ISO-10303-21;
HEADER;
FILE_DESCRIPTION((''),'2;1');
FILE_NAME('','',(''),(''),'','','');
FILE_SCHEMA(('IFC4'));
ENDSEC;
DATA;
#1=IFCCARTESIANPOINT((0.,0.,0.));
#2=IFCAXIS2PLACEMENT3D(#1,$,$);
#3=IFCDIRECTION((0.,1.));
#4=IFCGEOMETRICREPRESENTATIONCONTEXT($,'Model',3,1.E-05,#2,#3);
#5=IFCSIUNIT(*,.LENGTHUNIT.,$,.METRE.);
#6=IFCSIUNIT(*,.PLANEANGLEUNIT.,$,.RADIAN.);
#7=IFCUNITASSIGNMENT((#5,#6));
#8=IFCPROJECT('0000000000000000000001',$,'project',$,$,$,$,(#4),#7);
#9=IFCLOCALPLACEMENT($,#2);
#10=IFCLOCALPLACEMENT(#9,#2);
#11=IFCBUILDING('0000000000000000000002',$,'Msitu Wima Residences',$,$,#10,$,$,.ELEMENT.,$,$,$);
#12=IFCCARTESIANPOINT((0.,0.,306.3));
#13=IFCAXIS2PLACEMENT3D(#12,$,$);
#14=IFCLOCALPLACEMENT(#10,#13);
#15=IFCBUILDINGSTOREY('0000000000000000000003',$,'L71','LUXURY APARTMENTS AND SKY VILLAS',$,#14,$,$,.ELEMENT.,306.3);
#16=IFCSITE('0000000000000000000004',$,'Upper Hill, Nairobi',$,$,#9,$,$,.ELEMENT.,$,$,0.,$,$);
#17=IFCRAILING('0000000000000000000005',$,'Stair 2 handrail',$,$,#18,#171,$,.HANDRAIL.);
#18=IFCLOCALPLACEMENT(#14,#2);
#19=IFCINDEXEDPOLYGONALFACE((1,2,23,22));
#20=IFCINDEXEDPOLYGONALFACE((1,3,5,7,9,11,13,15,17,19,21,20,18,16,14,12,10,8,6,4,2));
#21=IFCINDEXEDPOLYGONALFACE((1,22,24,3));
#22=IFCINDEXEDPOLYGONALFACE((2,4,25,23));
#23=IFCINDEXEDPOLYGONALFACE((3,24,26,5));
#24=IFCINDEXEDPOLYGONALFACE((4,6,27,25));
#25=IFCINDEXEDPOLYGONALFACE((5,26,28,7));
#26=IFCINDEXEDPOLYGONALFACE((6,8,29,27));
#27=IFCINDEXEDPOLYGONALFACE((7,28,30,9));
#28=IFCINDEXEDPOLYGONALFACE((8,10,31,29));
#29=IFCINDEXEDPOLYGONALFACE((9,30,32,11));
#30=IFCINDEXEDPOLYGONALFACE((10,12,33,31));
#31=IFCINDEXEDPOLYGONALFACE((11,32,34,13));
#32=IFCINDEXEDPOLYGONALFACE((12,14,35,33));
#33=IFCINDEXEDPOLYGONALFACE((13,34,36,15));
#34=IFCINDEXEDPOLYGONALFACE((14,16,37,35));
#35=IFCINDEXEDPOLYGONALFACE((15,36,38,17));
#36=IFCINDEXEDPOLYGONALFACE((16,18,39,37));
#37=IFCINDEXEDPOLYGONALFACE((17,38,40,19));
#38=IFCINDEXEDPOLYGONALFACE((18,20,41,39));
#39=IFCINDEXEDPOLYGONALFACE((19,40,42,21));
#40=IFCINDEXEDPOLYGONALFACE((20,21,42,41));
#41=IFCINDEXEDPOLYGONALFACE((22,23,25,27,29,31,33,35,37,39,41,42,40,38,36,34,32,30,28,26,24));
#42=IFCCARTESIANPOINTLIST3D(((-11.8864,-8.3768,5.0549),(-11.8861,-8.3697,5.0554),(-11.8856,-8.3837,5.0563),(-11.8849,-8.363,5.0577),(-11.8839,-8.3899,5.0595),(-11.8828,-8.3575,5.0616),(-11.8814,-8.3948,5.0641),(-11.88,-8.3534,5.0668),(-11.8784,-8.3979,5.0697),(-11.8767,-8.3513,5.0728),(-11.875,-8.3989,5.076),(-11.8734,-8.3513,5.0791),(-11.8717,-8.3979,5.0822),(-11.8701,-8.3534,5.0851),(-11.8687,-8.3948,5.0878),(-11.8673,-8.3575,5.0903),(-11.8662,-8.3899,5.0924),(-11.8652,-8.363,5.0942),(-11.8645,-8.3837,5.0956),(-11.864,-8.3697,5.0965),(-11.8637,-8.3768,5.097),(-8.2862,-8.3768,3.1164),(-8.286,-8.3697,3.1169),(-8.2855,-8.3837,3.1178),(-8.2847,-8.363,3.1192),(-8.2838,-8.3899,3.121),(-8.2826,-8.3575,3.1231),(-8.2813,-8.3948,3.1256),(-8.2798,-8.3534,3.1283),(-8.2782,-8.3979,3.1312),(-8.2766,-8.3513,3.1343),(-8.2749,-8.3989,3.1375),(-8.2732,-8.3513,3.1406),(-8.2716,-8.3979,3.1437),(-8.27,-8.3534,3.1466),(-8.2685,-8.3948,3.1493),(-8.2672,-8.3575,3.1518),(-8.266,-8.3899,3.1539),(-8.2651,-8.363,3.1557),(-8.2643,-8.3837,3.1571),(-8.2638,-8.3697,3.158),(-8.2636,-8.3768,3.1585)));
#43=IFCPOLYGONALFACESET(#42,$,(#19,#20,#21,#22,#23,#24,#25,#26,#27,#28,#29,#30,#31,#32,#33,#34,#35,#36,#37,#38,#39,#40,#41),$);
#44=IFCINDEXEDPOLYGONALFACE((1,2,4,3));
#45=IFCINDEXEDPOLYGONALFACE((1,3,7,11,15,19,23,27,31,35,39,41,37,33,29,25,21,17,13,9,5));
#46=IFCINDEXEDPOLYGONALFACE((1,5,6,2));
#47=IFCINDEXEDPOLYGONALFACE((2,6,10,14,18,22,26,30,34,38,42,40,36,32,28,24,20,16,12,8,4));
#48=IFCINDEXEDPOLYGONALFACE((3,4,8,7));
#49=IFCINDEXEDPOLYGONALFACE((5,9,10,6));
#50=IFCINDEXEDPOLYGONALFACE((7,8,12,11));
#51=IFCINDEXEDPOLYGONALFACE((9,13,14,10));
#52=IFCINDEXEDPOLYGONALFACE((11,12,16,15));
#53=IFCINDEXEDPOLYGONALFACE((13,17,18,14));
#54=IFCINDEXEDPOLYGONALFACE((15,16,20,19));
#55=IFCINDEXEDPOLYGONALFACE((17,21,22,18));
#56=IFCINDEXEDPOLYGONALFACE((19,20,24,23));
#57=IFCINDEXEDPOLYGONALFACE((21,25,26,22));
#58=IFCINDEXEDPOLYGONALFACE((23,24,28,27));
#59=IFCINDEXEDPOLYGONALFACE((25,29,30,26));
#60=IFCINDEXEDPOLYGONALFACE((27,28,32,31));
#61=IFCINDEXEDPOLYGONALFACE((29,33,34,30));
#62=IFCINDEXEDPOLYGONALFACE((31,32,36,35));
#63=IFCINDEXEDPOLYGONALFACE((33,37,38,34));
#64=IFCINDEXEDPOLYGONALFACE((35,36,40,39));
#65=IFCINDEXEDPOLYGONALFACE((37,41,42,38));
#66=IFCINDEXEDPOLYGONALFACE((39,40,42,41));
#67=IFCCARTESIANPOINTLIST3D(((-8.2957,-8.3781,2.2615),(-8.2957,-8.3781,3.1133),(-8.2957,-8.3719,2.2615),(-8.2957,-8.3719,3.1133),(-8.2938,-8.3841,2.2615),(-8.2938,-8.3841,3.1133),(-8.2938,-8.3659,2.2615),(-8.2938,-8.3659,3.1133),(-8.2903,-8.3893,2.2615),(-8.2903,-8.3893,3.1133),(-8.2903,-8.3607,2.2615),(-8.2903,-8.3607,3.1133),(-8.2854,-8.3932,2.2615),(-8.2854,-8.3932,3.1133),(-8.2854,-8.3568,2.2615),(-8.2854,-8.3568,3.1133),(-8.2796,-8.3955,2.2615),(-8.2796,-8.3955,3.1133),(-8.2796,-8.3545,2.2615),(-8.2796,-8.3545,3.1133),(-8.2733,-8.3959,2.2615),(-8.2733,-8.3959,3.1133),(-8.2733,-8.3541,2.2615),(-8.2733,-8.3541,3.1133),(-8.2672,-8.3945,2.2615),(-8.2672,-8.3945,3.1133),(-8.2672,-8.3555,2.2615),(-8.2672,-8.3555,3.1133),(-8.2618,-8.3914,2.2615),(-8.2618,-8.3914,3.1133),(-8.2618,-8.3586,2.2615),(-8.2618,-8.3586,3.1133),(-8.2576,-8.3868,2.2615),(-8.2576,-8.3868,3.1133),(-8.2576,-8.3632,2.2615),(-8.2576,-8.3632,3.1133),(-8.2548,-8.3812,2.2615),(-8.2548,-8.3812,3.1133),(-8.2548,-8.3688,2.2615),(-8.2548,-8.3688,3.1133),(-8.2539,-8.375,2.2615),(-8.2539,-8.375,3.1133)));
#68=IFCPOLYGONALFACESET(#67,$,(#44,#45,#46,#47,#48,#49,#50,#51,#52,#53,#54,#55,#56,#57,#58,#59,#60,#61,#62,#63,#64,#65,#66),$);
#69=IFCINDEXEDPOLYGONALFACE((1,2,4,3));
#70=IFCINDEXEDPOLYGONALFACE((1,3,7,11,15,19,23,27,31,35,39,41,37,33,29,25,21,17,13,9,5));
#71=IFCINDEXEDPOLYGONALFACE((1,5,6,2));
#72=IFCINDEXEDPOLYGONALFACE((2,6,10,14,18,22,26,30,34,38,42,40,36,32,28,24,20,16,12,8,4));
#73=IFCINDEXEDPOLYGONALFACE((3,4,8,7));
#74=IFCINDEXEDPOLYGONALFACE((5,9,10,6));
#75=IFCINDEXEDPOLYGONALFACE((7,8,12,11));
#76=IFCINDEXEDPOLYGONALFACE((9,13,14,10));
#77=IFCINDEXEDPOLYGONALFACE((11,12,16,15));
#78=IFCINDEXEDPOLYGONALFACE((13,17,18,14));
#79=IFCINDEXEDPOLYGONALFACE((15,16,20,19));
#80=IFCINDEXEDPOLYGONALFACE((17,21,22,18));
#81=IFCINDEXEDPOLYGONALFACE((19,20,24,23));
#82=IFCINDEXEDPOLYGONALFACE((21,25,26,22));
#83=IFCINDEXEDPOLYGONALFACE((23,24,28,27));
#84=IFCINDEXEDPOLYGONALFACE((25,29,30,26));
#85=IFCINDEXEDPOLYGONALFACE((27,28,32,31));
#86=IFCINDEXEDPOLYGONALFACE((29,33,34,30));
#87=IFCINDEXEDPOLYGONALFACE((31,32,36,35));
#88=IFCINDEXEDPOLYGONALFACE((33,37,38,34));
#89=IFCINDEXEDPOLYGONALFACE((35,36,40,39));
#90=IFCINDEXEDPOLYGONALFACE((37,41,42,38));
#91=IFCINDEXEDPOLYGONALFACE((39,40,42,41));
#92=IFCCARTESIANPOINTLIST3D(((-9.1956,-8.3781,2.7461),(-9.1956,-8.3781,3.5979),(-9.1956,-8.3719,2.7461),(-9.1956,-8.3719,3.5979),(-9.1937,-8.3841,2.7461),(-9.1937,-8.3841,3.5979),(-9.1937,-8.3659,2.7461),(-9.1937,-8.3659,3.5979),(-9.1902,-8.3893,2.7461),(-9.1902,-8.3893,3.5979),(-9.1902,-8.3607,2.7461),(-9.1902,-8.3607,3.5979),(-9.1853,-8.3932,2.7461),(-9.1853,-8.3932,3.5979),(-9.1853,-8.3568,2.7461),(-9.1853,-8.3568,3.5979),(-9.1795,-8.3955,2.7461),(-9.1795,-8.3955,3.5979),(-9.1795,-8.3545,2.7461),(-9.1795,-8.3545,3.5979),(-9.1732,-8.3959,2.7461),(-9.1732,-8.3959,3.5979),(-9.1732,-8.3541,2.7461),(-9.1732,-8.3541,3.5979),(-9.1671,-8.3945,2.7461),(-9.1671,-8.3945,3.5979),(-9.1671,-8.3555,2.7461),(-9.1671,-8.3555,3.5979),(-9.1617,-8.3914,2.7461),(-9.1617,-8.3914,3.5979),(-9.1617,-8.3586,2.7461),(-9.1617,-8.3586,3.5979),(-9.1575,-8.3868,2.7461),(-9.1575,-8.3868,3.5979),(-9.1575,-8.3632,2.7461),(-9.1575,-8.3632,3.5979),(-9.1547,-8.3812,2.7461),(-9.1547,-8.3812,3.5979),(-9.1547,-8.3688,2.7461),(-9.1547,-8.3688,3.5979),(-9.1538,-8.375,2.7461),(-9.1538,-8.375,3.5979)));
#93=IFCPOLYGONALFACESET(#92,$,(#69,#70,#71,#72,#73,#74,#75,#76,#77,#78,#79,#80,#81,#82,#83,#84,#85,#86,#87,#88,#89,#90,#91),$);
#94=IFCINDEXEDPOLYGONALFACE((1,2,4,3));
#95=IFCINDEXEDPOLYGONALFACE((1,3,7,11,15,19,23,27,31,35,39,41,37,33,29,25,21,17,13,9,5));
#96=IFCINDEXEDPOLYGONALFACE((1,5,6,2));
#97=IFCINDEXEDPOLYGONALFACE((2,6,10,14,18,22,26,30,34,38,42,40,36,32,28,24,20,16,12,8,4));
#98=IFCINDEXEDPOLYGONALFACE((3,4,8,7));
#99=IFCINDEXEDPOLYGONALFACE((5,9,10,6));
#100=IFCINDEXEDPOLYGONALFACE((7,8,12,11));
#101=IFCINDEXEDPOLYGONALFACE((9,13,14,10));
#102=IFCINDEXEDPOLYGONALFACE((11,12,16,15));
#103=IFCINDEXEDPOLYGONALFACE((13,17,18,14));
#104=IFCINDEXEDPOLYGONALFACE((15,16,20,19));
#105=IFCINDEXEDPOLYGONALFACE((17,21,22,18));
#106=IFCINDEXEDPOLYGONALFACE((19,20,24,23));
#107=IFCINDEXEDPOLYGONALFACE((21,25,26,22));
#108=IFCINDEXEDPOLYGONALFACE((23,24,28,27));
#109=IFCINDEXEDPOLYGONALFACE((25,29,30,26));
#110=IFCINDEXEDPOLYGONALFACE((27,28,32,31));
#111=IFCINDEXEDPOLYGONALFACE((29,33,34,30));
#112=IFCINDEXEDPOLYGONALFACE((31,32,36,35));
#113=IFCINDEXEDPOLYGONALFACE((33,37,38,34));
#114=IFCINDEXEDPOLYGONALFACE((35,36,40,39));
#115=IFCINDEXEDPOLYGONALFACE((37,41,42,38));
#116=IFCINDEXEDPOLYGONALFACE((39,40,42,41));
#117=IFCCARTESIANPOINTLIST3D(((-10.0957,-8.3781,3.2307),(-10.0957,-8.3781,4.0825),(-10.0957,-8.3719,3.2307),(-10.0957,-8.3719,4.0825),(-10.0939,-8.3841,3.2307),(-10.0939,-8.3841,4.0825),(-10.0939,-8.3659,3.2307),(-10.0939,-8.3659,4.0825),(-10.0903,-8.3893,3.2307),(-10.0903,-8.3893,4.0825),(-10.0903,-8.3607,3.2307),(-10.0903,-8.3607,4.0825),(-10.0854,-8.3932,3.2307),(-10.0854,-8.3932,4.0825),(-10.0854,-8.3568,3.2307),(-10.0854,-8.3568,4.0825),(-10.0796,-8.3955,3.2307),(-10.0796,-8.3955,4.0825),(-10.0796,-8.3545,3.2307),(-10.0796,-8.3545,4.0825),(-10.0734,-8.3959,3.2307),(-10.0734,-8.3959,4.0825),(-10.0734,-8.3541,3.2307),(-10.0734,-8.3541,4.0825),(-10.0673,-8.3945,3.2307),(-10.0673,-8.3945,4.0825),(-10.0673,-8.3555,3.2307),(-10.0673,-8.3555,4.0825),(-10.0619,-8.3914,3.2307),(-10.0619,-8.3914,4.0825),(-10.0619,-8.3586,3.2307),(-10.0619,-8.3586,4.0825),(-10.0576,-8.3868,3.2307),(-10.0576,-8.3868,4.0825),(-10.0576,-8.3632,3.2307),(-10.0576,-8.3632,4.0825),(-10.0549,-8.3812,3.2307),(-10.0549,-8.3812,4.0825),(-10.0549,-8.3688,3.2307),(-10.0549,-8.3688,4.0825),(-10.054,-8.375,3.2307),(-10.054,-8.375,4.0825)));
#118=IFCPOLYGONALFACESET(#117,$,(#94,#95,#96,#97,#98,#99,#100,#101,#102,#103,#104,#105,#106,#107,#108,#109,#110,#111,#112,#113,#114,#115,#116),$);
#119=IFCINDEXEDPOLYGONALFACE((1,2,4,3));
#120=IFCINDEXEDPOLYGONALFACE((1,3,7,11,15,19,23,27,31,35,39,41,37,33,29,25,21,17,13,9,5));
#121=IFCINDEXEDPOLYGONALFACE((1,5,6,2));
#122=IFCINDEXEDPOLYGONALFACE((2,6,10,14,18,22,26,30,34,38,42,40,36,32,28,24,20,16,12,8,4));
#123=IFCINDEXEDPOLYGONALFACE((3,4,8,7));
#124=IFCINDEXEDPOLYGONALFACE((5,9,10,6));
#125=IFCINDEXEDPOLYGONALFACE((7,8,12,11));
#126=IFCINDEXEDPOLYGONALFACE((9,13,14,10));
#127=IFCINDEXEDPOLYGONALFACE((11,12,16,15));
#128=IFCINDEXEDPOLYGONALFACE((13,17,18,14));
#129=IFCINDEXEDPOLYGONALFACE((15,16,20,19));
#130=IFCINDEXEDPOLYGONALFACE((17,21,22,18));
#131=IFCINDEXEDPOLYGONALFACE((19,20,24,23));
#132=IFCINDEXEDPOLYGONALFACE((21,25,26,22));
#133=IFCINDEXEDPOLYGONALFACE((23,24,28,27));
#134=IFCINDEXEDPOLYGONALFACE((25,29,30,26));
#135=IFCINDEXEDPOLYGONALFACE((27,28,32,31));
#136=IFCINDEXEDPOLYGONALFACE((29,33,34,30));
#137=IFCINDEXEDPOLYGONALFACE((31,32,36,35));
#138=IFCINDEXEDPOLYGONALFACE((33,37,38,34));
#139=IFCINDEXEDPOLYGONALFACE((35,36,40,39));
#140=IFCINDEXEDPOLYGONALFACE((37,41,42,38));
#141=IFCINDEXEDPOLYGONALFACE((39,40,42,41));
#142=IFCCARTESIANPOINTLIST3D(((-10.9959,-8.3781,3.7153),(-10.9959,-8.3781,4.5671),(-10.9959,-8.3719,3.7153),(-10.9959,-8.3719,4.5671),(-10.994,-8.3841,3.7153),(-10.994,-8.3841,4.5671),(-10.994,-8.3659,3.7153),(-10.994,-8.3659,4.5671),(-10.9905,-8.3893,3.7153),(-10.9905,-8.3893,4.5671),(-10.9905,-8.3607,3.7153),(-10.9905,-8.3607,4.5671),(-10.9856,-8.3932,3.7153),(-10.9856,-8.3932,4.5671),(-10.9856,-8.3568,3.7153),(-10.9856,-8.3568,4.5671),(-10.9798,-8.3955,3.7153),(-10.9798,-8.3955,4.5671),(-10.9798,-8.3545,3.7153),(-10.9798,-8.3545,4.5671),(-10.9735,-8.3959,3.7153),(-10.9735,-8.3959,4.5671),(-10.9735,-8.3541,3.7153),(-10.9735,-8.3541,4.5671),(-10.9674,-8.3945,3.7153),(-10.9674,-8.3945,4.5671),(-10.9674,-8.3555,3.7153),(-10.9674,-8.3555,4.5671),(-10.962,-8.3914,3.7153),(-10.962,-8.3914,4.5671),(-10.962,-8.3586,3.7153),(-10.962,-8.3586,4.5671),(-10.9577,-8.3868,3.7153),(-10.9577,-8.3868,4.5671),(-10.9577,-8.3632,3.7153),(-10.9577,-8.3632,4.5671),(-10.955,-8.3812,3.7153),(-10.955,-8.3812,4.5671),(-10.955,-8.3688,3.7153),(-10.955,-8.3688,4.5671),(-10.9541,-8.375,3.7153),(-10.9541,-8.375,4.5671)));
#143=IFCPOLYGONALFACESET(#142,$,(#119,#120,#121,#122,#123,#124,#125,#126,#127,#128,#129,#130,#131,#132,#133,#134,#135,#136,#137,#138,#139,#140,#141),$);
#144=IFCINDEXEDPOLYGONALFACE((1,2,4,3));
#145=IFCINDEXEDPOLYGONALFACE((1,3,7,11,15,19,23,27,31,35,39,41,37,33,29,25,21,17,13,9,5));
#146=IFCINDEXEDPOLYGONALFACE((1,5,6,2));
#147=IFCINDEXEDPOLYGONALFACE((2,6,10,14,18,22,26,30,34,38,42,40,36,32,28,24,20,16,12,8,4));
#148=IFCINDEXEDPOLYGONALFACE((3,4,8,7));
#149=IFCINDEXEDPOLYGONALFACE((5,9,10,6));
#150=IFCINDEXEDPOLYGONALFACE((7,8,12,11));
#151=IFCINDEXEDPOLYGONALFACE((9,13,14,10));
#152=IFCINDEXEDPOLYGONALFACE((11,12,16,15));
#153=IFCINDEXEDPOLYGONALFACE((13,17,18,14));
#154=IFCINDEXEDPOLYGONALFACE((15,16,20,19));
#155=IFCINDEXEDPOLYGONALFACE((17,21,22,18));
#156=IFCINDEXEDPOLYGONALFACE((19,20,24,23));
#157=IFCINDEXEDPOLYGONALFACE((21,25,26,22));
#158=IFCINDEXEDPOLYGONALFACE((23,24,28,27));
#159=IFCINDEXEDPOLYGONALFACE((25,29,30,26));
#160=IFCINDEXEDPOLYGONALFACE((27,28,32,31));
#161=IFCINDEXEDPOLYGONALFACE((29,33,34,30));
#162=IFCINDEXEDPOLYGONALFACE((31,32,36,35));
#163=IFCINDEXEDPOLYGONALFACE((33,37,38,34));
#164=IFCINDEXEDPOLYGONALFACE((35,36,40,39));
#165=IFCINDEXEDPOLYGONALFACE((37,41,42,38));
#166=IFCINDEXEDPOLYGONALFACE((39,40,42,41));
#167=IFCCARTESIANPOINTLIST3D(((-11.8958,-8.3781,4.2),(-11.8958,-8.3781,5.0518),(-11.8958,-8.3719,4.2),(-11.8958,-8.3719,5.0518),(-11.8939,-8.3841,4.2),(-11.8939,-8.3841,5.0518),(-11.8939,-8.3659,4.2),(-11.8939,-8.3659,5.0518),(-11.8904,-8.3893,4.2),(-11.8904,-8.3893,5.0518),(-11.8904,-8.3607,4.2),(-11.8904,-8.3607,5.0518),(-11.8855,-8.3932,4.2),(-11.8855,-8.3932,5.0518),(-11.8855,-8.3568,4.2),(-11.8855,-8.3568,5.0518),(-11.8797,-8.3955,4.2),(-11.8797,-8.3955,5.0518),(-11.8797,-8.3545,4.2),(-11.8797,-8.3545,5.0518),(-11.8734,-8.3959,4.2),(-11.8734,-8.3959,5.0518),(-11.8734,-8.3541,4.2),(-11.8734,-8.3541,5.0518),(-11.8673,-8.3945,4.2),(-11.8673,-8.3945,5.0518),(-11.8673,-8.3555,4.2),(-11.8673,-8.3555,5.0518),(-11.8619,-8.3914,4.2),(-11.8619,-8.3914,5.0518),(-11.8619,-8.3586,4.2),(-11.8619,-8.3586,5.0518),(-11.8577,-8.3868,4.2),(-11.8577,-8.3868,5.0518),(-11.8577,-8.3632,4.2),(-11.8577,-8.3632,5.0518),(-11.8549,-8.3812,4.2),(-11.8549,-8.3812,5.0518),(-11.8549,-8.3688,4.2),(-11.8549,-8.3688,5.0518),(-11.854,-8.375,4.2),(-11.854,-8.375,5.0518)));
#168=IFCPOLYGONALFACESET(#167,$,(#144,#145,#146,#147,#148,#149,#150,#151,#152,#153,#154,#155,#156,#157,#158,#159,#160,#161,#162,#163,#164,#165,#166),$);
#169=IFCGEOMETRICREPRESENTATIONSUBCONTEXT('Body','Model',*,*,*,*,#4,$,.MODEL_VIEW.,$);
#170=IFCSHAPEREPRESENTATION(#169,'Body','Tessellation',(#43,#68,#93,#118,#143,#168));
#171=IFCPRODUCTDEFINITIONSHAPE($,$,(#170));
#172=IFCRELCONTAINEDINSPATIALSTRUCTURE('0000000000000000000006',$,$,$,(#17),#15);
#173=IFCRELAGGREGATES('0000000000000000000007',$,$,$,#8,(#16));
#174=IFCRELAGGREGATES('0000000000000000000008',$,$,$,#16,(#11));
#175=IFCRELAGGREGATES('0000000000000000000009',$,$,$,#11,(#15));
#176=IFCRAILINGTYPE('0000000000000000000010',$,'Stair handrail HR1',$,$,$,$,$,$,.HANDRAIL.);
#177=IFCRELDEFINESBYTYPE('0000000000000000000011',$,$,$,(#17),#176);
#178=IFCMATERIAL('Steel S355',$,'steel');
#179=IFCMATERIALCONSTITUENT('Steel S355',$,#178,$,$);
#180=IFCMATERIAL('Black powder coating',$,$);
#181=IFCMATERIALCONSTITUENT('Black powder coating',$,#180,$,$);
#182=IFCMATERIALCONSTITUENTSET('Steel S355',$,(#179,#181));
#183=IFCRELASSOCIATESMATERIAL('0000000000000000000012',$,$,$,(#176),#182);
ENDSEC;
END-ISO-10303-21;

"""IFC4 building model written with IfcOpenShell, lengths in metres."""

from ifc_helpers import new_model, si_unit, direction, frame, origin, origin_2d, place, context, subcontext, project, spatial, circle, extrude, material, constituent, constituent_set, type_object, element, save


model = new_model("IFC4")

# Units and contexts
model_context = context("Model", 3, precision=1e-05, world=origin(), true_north=direction((0.0, 1.0)))
body_context = subcontext(model_context, "Body", "Model", "MODEL_VIEW")
ifc_project = project(units=[si_unit("LENGTHUNIT", "METRE"), si_unit("PLANEANGLEUNIT", "RADIAN")], contexts=[model_context])

# Site, building, storey
site_placement = place(None, origin())
site = spatial("IfcSite", under=ifc_project, at=site_placement, Name="Upper Hill, Nairobi", CompositionType="ELEMENT", RefElevation=0.0)
building_placement = place(site_placement, origin())
building = spatial("IfcBuilding", under=site, at=building_placement, Name="Msitu Wima Residences", CompositionType="ELEMENT")
storey_placement = place(building_placement, frame((0.0, 0.0, 306.3)))
storey = spatial("IfcBuildingStorey", under=building, at=storey_placement, Name="L71", Description="LUXURY APARTMENTS AND SKY VILLAS", CompositionType="ELEMENT", Elevation=306.3)

# Railing
ifc_material_1 = material(Name="Steel S355", Category="steel")
ifc_constituent_1 = constituent(ifc_material_1, Name="Steel S355")
ifc_material_2 = material(Name="Black powder coating")
ifc_constituent_2 = constituent(ifc_material_2, Name="Black powder coating")
ifc_constituent_set = constituent_set(constituents=[ifc_constituent_1, ifc_constituent_2], Name="Steel S355")
railing_type = type_object("IfcRailingType", Name="Stair handrail HR1", PredefinedType="HANDRAIL", material=ifc_constituent_set)
for number, where, name in (
    (1, (-8.2749, -8.375, 2.2615), "Stair 2 handrail"),
):
    element("IfcRailing", number, at=place(storey_placement, frame(where)), inside=storey, type_object=railing_type, Name=name, PredefinedType="HANDRAIL", context=body_context, shape_type="SweptSolid", body=[
        extrude(circle(Radius=0.0239, at=origin_2d()), frame((0.0, 0.0, 0.876), z_axis=(-0.880475, 0.0, 0.474093), x_axis=(0.0, -1.0, 0.0)), (0.0, 0.0, 1.0), 4.0889),
        extrude(circle(Radius=0.021, at=origin_2d()), origin(), (0.0, 0.0, 1.0), 0.8518),
        extrude(circle(Radius=0.021, at=origin_2d()), frame((-0.8999, 0.0, 0.4846)), (0.0, 0.0, 1.0), 0.8518),
        extrude(circle(Radius=0.021, at=origin_2d()), frame((-1.8, 0.0, 0.9692)), (0.0, 0.0, 1.0), 0.8518),
        extrude(circle(Radius=0.021, at=origin_2d()), frame((-2.7002, 0.0, 1.4539)), (0.0, 0.0, 1.0), 0.8518),
        extrude(circle(Radius=0.021, at=origin_2d()), frame((-3.6001, 0.0, 1.9385)), (0.0, 0.0, 1.0), 0.8518),
    ])

save(model, "model.ifc")
